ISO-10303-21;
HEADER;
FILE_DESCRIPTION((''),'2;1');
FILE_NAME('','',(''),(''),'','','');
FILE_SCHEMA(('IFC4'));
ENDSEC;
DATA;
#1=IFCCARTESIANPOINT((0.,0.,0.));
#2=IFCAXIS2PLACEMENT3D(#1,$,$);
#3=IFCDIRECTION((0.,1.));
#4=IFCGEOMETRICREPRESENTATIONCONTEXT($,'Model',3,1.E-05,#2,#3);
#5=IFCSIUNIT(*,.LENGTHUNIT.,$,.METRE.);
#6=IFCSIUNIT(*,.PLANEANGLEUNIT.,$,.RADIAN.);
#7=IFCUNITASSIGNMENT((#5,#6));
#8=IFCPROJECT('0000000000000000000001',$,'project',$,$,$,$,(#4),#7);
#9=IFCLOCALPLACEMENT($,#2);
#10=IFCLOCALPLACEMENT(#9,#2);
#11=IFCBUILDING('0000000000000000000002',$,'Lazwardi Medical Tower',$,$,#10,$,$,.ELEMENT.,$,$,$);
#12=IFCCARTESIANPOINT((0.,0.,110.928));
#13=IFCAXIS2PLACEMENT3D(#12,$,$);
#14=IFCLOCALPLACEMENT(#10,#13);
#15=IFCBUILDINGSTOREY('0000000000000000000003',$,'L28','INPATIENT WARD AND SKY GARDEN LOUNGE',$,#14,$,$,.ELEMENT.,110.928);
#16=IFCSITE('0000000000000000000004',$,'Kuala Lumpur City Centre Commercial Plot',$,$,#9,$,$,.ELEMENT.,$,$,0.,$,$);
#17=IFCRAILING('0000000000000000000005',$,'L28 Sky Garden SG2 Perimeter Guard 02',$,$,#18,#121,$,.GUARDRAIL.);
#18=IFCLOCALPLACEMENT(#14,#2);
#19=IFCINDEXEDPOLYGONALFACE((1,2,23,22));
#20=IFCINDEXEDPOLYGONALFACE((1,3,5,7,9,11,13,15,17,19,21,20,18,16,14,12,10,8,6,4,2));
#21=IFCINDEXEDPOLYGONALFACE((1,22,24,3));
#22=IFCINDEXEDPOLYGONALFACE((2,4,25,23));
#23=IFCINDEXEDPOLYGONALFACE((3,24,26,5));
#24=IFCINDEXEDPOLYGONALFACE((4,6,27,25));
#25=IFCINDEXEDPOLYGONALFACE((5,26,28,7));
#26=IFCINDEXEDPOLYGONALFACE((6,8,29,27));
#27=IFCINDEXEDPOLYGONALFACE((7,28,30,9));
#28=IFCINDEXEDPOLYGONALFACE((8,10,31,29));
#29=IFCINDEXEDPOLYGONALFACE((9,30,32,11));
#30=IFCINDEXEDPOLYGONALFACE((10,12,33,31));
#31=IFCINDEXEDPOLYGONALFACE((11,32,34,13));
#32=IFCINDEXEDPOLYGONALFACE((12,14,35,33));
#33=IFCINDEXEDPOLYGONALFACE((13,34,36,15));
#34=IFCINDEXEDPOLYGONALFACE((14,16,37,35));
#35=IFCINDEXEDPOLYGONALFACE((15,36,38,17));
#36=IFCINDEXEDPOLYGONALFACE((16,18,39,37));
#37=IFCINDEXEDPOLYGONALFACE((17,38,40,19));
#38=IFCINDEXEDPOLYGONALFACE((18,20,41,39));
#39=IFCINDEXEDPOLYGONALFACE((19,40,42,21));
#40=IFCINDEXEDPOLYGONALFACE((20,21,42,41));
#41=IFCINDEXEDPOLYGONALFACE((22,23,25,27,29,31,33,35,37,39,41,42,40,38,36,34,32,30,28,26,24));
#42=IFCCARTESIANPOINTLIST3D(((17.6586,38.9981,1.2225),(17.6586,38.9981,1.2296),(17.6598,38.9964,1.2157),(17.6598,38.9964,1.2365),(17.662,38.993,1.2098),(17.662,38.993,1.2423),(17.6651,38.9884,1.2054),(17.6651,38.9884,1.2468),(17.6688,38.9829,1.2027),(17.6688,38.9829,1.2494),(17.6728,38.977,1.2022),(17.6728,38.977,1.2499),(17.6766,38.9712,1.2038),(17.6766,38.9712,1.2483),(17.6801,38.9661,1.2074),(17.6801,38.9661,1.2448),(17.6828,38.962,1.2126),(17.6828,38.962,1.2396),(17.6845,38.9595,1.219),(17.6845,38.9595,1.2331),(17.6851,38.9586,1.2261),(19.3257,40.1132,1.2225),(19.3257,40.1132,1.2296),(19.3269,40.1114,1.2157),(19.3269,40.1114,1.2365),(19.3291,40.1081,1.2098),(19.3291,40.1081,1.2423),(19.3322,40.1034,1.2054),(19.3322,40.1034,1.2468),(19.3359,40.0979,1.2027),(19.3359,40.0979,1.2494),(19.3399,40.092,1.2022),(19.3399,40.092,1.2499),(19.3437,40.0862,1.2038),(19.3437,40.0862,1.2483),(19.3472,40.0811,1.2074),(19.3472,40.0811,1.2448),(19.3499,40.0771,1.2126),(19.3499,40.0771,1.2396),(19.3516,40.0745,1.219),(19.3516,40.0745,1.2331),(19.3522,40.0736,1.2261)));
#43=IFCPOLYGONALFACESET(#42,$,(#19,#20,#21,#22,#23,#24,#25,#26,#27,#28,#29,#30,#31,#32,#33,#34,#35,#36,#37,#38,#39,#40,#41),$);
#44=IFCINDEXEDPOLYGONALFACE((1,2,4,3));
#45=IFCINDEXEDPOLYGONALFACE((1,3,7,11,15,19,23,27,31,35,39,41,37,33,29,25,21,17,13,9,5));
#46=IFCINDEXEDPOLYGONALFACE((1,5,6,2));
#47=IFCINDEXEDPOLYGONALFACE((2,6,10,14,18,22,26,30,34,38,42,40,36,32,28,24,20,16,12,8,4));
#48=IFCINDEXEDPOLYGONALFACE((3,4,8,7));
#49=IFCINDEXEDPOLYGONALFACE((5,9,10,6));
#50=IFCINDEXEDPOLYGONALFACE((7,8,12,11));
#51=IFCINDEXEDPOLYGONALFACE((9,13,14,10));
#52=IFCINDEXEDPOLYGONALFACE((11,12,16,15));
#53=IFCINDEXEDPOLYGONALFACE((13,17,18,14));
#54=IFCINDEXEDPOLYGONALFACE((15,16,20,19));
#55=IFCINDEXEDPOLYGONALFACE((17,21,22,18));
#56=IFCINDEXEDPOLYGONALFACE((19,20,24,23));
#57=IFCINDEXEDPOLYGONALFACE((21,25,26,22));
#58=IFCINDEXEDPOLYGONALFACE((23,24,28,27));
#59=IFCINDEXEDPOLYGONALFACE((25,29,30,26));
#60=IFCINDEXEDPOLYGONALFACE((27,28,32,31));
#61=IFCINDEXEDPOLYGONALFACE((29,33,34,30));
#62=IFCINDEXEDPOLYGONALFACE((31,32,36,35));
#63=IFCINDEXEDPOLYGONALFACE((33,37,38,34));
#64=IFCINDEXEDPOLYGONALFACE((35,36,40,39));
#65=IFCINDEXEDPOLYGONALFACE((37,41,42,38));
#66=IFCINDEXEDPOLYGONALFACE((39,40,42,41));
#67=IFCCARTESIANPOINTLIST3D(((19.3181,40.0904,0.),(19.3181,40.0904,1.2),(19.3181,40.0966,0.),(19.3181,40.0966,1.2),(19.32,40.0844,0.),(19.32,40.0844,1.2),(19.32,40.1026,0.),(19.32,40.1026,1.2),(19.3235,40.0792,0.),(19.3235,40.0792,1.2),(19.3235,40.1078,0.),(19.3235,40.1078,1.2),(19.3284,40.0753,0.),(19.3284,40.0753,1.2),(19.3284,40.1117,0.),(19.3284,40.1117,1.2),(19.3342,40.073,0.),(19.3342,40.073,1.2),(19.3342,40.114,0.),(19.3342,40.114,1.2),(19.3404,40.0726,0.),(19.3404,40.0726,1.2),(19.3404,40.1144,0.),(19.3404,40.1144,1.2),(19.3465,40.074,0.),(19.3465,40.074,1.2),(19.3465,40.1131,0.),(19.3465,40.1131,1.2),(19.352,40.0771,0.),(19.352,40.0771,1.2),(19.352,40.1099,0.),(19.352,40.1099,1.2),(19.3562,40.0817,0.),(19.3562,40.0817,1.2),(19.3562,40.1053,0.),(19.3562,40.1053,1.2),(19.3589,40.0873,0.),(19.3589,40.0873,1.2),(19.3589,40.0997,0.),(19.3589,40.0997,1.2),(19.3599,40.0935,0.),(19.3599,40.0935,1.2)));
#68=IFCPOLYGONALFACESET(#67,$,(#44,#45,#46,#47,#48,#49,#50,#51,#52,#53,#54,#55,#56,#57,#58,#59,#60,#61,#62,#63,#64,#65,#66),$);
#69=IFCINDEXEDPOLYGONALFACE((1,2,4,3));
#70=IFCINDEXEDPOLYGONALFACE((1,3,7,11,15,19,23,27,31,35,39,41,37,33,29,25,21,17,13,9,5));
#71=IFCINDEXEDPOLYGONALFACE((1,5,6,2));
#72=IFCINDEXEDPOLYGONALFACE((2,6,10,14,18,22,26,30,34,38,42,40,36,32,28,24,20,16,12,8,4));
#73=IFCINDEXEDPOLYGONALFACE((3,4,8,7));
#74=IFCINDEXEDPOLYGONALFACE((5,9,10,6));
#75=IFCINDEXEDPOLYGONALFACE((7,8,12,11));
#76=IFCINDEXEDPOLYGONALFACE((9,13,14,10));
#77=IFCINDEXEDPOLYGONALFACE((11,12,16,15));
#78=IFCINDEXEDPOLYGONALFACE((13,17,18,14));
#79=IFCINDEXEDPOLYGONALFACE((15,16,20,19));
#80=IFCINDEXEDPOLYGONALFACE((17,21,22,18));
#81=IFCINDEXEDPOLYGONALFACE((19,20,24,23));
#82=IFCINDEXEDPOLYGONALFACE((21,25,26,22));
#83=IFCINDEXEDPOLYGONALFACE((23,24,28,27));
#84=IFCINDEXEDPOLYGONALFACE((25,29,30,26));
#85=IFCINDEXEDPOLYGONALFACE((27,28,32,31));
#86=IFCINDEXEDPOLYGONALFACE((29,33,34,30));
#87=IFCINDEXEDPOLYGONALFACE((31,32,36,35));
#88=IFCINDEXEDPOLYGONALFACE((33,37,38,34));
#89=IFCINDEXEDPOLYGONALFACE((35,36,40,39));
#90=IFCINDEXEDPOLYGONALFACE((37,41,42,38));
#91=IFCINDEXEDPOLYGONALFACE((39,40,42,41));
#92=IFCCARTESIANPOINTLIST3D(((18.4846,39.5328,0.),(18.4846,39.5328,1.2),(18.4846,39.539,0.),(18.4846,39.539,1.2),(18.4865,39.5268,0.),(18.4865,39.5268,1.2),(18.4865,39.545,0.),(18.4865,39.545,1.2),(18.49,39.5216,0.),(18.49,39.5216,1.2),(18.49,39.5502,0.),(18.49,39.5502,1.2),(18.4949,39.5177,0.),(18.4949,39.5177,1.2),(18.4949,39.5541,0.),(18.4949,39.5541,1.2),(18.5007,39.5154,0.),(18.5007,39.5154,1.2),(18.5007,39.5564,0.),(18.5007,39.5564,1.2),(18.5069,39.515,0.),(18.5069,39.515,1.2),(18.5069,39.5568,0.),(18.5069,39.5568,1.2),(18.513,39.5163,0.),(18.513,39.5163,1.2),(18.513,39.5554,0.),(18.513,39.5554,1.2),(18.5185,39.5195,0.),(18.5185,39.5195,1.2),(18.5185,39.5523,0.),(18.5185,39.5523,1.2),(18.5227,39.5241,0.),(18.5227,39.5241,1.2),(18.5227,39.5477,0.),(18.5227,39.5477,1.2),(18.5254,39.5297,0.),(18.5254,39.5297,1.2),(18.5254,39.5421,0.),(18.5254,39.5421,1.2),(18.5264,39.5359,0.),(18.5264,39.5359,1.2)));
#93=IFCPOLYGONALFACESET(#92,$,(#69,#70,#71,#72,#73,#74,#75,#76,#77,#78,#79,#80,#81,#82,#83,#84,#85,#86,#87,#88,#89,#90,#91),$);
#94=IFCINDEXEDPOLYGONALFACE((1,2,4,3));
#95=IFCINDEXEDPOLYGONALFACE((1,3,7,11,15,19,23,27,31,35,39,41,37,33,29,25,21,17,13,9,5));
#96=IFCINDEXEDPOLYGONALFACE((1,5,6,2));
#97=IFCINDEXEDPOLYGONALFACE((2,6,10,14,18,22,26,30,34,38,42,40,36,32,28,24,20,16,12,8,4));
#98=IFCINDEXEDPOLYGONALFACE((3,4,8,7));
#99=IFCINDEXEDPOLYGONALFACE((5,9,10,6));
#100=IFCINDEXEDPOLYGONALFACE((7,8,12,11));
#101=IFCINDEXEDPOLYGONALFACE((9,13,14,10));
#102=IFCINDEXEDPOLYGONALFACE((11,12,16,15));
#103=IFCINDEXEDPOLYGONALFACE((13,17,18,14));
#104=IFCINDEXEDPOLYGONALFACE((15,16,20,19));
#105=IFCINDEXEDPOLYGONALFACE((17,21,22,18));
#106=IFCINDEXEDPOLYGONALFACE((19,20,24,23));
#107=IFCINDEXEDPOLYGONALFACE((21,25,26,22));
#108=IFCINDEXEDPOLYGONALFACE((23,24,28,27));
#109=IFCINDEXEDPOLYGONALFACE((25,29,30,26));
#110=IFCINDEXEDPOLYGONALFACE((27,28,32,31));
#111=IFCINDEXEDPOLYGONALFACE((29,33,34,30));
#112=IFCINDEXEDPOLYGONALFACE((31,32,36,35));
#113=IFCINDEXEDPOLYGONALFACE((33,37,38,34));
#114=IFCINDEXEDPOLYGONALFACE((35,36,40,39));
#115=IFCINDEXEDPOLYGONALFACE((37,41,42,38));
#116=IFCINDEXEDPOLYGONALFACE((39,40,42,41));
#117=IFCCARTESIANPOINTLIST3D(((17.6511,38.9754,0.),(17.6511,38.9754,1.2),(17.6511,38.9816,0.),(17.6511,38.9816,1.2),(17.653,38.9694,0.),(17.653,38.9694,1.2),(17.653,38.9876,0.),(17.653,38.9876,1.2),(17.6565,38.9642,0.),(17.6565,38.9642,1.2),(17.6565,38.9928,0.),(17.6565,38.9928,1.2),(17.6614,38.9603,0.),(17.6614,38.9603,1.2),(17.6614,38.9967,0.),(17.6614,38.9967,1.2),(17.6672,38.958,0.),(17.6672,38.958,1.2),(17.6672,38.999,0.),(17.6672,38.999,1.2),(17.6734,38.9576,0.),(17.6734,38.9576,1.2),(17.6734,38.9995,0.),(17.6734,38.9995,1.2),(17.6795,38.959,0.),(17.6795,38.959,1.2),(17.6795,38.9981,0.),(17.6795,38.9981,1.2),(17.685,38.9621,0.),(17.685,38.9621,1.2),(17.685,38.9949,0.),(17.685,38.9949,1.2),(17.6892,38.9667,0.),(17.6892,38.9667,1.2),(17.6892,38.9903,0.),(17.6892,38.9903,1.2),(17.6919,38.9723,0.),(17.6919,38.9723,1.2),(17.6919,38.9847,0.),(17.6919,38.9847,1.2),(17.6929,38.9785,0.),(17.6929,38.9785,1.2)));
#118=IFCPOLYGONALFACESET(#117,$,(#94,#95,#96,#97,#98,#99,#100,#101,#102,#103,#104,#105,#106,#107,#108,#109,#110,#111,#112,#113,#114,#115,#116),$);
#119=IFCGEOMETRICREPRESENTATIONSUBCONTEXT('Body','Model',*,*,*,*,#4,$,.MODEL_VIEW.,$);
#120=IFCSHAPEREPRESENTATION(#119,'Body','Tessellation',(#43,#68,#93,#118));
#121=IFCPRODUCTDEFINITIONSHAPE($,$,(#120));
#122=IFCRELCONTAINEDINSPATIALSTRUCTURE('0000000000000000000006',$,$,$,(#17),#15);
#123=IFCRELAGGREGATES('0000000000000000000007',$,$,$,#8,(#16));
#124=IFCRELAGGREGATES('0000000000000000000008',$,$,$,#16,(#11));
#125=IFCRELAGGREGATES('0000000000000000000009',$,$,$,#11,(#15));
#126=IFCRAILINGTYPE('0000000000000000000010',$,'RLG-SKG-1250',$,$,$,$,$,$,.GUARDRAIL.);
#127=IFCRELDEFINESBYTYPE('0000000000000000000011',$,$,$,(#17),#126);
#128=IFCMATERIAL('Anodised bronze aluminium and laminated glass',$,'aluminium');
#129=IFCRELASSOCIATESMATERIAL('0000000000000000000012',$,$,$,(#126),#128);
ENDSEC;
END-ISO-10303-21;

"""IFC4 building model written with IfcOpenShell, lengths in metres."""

from ifc_helpers import new_model, si_unit, direction, frame, origin, origin_2d, place, context, subcontext, project, spatial, circle, extrude, material, type_object, element, save


model = new_model("IFC4")

# Units and contexts
model_context = context("Model", 3, precision=1e-05, world=origin(), true_north=direction((0.0, 1.0)))
body_context = subcontext(model_context, "Body", "Model", "MODEL_VIEW")
ifc_project = project(units=[si_unit("LENGTHUNIT", "METRE"), si_unit("PLANEANGLEUNIT", "RADIAN")], contexts=[model_context])

# Site, building, storey
site_placement = place(None, origin())
site = spatial("IfcSite", under=ifc_project, at=site_placement, Name="Kuala Lumpur City Centre Commercial Plot", CompositionType="ELEMENT", RefElevation=0.0)
building_placement = place(site_placement, origin())
building = spatial("IfcBuilding", under=site, at=building_placement, Name="Lazwardi Medical Tower", CompositionType="ELEMENT")
storey_placement = place(building_placement, frame((0.0, 0.0, 110.928)))
storey = spatial("IfcBuildingStorey", under=building, at=storey_placement, Name="L28", Description="INPATIENT WARD AND SKY GARDEN LOUNGE", CompositionType="ELEMENT", Elevation=110.928)

# Shared definitions
ifc_material_1 = material(Name="Anodised bronze aluminium and laminated glass", Category="aluminium")

# Railing
railing_type = type_object("IfcRailingType", Name="RLG-SKG-1250", PredefinedType="GUARDRAIL", material=ifc_material_1)
railing_1_placement = place(storey_placement, frame((19.3389, 40.0935, 0.0)))
element("IfcRailing", 1, at=railing_1_placement, inside=storey, type_object=railing_type, Name="L28 Sky Garden SG2 Perimeter Guard 02", PredefinedType="GUARDRAIL", context=body_context, shape_type="SweptSolid", body=[
    extrude(circle(Radius=0.0239, at=origin_2d()), frame((0.0, 0.0, 1.2261), z_axis=(-0.831207, -0.555964, 0.0), x_axis=(0.555964, -0.831207, 0.0)), (0.0, 0.0, 1.0), 2.0056),
    extrude(circle(Radius=0.021, at=origin_2d()), origin(), (0.0, 0.0, 1.0), 1.2),
    extrude(circle(Radius=0.021, at=origin_2d()), frame((-0.8335, -0.5576, 0.0)), (0.0, 0.0, 1.0), 1.2),
    extrude(circle(Radius=0.021, at=origin_2d()), frame((-1.667, -1.115, 0.0)), (0.0, 0.0, 1.0), 1.2),
])

save(model, "model.ifc")
